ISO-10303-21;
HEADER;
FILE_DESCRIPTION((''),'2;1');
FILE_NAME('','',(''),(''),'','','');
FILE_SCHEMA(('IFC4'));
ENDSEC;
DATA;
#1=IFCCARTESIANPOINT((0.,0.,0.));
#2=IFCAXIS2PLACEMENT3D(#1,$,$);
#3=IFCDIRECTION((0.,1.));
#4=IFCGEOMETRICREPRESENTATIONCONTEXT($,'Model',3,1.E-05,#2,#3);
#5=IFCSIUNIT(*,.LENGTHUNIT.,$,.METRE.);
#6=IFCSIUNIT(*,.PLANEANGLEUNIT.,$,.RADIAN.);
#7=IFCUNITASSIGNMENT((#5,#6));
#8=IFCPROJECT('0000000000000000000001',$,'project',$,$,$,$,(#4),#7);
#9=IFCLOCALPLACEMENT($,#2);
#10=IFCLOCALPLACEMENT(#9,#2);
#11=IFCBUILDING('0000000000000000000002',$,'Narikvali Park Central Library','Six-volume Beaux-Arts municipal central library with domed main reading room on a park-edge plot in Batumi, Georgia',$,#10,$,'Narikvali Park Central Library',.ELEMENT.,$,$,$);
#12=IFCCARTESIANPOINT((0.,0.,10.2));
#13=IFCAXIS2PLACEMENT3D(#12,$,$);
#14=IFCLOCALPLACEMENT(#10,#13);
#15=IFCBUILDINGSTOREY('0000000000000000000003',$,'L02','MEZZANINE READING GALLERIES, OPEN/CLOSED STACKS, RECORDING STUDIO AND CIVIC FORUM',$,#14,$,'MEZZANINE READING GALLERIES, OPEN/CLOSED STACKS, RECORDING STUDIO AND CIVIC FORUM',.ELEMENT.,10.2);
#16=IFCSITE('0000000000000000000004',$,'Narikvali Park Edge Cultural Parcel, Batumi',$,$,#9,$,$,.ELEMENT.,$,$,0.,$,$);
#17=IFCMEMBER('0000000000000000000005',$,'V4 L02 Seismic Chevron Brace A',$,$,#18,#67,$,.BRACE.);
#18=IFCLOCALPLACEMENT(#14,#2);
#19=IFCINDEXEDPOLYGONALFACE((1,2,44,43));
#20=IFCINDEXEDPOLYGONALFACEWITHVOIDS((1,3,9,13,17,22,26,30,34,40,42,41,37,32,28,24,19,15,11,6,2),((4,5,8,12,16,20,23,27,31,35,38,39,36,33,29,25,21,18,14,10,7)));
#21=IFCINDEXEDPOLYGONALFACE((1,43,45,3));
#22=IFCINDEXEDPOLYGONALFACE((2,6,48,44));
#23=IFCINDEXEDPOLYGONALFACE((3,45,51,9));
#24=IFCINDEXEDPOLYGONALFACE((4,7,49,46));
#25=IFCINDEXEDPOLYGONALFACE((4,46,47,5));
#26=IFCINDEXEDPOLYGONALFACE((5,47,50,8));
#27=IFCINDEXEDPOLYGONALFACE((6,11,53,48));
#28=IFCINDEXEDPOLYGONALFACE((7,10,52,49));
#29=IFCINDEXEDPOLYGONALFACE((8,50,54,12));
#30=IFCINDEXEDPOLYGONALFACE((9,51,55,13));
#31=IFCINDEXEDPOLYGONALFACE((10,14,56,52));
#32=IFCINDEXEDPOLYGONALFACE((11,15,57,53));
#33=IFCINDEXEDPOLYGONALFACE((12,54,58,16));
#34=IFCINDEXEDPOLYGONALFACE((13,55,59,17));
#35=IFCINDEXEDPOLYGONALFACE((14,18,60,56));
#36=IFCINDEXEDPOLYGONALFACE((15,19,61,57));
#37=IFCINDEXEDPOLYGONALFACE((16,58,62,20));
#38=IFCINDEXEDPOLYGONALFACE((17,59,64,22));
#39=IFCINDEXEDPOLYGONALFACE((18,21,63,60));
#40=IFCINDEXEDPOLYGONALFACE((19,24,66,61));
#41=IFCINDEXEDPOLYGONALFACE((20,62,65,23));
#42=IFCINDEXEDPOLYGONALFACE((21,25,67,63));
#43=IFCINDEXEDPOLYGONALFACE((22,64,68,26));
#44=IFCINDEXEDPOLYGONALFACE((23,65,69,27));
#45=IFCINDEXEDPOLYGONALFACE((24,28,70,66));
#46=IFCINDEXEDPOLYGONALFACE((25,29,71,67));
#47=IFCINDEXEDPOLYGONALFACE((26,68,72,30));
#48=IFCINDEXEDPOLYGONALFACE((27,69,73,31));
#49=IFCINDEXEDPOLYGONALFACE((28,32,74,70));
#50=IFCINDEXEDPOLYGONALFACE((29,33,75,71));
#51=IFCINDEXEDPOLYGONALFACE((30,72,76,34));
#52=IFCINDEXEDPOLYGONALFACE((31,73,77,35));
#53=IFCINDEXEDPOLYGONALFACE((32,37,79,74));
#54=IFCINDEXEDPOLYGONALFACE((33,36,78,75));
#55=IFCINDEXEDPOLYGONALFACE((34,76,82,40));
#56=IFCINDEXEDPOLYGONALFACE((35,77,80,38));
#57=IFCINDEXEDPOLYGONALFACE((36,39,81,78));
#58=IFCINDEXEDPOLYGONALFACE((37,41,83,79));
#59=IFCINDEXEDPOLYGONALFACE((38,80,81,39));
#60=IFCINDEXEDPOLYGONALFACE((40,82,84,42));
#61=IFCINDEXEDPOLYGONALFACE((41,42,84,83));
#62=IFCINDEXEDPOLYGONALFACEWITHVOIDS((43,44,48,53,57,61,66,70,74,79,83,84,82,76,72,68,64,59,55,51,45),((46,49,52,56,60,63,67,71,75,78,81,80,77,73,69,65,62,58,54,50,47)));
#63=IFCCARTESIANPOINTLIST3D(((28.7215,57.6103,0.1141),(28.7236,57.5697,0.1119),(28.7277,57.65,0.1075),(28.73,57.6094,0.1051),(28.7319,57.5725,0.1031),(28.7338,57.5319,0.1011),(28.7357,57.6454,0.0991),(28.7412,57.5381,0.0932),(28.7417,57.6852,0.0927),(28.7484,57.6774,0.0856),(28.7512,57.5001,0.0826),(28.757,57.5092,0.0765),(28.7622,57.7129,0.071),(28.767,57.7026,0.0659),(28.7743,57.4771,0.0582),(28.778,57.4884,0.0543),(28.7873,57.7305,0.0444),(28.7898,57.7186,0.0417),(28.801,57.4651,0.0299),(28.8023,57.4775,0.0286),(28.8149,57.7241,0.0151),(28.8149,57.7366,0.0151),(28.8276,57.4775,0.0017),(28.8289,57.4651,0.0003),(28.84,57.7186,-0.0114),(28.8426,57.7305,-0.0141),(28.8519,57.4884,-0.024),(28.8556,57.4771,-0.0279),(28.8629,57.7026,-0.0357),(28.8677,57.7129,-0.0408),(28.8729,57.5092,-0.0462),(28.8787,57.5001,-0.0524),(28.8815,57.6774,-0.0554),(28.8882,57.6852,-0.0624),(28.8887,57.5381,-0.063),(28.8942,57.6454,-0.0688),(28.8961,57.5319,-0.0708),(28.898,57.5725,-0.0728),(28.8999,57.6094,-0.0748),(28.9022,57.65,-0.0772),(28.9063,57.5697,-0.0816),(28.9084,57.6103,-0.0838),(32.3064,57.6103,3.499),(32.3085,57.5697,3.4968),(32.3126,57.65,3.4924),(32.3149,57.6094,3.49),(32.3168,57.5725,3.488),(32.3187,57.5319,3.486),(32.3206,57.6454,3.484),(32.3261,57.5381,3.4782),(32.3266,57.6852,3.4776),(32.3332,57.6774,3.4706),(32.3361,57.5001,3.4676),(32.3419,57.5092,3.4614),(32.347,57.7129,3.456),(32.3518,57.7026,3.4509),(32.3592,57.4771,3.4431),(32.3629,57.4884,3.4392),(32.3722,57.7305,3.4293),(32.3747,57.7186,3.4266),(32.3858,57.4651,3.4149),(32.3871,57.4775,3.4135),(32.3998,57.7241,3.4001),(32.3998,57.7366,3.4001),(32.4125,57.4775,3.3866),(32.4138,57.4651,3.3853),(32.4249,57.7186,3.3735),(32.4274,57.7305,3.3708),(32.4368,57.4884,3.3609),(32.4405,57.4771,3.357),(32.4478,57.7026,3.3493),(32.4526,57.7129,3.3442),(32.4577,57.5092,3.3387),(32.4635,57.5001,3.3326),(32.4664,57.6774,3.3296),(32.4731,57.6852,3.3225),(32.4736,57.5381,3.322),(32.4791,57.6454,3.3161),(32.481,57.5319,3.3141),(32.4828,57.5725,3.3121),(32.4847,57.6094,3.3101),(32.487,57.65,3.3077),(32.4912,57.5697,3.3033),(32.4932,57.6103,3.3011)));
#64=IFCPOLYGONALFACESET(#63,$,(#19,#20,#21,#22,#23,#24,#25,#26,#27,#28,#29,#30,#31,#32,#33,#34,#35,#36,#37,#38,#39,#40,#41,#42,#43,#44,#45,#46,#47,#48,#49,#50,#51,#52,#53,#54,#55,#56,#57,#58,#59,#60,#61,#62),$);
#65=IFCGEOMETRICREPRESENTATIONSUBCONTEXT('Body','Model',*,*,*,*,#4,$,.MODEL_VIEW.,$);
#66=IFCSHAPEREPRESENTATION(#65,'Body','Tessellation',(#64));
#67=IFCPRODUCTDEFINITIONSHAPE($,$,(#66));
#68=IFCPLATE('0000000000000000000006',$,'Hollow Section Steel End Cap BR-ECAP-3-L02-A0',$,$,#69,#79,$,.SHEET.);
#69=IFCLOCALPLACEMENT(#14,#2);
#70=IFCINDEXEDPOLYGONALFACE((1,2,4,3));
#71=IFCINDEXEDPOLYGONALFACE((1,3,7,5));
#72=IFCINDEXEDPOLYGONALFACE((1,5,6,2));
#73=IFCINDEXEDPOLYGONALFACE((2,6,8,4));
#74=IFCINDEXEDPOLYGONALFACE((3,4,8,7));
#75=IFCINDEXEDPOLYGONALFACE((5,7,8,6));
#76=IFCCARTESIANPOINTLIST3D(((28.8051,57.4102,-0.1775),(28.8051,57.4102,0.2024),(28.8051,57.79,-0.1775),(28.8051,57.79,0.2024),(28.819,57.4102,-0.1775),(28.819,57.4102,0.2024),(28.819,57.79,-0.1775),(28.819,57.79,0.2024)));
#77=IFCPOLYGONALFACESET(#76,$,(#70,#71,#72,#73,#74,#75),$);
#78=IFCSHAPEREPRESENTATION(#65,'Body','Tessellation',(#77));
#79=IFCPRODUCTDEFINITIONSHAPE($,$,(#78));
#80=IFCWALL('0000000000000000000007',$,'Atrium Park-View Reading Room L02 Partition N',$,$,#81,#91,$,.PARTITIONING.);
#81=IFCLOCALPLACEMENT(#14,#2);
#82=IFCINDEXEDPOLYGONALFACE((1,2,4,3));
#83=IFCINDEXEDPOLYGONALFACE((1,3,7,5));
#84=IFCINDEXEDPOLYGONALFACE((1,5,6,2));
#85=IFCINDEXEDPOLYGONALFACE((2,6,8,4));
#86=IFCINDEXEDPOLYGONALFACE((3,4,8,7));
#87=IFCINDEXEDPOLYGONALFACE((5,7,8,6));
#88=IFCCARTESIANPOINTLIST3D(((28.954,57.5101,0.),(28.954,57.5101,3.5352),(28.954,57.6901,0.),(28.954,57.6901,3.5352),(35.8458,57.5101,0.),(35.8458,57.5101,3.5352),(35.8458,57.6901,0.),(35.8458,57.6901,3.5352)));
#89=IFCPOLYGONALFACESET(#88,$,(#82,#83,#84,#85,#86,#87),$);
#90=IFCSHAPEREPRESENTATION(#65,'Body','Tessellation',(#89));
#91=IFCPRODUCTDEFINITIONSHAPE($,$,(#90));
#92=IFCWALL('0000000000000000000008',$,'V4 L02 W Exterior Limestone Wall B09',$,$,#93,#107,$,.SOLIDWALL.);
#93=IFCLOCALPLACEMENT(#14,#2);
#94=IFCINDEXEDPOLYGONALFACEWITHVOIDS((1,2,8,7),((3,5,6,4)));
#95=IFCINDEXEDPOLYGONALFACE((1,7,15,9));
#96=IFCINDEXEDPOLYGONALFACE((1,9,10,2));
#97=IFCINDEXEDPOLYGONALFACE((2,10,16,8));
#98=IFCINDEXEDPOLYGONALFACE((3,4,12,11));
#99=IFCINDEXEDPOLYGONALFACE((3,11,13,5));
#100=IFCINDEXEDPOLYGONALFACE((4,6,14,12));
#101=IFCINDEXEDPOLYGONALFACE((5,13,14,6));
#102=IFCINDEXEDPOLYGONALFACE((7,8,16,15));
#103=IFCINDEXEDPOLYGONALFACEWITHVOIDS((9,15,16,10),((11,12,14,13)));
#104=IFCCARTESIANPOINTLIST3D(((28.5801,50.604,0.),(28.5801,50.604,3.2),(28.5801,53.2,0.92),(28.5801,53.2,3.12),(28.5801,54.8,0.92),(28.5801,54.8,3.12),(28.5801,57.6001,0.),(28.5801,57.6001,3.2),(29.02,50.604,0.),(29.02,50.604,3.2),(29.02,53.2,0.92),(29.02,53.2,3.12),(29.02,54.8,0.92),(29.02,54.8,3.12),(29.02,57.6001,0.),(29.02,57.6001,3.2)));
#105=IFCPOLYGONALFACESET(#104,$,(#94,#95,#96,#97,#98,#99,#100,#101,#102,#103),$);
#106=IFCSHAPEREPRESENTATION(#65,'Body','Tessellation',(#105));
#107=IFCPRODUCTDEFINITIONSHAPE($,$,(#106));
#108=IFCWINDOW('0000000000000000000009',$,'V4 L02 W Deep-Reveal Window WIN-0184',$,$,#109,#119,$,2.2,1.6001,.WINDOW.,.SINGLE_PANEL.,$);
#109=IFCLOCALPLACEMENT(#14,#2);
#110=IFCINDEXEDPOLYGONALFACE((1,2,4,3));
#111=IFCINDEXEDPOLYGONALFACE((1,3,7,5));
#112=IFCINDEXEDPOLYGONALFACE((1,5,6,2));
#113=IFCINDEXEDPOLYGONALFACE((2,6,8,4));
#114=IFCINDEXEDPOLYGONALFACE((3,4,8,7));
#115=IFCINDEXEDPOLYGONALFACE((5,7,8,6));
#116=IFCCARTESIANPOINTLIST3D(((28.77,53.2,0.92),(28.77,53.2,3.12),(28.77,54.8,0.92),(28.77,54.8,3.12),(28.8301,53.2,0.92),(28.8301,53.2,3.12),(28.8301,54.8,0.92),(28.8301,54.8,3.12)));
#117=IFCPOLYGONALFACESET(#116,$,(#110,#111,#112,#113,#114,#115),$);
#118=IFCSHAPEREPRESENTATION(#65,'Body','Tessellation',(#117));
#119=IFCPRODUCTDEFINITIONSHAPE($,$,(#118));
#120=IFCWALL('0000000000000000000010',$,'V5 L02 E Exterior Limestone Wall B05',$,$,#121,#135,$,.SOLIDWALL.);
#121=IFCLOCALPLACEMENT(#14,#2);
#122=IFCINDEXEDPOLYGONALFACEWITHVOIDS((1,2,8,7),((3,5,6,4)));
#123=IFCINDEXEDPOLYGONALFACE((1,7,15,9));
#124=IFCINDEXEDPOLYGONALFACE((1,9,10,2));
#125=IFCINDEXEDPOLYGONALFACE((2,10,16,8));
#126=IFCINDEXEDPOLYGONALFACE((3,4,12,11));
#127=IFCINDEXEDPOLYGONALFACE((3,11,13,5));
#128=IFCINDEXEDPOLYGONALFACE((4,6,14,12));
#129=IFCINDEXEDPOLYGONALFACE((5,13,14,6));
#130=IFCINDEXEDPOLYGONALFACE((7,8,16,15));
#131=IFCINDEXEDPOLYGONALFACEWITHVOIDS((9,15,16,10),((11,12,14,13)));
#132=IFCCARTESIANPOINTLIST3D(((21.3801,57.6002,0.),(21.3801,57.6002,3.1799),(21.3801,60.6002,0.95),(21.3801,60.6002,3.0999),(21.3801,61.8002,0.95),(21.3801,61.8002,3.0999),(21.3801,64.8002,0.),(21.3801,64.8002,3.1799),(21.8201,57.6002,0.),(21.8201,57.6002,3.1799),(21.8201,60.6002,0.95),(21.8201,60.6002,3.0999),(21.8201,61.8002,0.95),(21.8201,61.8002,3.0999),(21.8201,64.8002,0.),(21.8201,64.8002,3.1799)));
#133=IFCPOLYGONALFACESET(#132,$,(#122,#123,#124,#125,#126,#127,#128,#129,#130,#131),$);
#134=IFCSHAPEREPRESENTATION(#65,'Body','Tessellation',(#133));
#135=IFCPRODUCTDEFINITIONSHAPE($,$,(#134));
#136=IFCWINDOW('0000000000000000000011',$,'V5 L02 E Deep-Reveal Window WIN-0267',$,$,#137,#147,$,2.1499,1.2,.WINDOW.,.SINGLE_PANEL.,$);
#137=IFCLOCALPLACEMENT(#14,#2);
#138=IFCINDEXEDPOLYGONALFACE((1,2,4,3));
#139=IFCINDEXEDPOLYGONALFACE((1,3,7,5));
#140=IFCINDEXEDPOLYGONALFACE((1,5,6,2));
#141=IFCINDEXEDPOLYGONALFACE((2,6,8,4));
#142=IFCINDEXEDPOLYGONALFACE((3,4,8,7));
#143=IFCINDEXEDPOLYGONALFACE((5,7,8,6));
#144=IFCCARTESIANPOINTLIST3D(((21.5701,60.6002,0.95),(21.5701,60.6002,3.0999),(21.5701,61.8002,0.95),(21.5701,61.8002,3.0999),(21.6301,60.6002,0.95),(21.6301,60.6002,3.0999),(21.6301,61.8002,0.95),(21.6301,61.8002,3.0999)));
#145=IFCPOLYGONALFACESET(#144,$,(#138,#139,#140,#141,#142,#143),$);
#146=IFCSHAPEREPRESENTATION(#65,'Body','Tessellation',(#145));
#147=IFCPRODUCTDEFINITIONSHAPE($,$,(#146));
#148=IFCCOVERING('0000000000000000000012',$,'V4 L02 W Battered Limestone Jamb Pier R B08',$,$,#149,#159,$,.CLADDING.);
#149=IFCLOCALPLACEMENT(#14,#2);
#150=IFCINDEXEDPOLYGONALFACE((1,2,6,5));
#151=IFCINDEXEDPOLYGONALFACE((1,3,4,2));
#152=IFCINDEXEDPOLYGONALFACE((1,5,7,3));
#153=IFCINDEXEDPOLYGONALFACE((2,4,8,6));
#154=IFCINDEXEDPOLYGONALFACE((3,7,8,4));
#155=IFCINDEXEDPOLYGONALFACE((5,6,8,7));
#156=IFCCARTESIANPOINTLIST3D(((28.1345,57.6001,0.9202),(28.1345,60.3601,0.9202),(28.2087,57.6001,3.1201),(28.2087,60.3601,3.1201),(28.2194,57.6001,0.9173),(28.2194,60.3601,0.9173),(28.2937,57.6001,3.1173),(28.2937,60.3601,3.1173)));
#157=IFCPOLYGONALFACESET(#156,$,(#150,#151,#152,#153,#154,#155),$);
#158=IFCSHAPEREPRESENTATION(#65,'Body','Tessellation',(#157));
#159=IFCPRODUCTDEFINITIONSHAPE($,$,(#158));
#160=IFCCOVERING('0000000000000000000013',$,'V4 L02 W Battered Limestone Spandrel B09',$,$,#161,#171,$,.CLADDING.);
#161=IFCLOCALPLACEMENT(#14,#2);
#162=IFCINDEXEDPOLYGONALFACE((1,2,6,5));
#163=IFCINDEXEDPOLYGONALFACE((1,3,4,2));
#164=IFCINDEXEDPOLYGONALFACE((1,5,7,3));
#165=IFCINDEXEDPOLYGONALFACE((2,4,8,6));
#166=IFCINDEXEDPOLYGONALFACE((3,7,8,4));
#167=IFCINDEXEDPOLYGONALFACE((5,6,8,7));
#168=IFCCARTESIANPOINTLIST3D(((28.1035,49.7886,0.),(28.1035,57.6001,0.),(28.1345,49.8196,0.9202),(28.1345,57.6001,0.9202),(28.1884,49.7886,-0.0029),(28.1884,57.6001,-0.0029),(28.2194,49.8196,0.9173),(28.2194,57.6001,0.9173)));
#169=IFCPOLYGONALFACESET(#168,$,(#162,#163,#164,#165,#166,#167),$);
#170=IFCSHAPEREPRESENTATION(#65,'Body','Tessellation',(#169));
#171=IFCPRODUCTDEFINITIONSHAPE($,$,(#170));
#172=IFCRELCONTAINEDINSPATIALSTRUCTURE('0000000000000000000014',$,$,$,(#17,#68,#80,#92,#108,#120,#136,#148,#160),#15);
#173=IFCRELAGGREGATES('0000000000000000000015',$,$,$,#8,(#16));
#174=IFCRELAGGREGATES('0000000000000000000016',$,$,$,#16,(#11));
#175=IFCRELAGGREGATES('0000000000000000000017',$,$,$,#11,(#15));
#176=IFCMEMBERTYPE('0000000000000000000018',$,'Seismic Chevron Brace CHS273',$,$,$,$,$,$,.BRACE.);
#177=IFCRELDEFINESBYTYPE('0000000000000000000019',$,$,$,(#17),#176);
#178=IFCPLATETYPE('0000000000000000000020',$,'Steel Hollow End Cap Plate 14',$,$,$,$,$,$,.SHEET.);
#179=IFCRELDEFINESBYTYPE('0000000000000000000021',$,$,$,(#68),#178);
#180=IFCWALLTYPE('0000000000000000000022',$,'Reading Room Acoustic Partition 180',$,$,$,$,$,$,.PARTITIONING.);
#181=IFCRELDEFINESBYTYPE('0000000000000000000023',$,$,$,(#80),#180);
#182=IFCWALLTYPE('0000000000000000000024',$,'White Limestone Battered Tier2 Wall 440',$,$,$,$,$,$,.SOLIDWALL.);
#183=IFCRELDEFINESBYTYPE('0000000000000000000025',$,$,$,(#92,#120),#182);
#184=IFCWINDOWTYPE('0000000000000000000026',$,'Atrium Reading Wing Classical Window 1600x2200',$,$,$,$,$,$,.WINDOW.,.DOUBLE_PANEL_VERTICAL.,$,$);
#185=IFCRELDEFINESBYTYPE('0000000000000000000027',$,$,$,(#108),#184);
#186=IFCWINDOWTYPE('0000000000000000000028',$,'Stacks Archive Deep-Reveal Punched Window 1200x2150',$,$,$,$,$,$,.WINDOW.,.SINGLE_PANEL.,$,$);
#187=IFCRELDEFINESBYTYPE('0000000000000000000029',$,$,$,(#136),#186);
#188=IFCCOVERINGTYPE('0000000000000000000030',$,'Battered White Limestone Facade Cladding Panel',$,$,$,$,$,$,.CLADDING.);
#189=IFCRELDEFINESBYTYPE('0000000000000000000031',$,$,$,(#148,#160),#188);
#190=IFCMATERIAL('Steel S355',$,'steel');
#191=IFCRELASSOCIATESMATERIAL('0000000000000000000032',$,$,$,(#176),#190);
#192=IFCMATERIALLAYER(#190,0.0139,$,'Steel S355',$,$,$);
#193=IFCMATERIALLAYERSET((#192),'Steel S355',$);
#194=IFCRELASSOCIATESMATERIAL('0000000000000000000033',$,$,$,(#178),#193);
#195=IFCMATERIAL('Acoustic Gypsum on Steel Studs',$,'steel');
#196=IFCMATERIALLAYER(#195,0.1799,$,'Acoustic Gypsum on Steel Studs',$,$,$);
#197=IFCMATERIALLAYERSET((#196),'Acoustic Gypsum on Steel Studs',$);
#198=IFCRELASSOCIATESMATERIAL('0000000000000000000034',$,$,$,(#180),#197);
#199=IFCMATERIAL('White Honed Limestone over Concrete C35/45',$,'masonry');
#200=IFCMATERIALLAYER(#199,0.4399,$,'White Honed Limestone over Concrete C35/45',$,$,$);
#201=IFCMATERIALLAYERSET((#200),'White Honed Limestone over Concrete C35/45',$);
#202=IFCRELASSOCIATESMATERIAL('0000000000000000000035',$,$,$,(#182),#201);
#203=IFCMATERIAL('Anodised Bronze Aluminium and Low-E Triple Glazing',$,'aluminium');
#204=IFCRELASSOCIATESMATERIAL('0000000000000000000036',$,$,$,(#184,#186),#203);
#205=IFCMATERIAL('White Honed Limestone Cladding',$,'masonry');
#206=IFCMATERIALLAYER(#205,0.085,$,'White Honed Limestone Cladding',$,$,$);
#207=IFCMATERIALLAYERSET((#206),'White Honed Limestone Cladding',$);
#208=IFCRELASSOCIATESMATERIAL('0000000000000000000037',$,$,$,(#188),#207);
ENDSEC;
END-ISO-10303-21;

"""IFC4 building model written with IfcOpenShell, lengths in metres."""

from ifc_helpers import new_model, si_unit, direction, frame, frame_2d, origin, origin_2d, place, context, subcontext, project, spatial, polyline, rectangle, hollow_circle, outline, extrude, material, layer, layer_set, material_profile, profile_set, type_object, element, fill, save


model = new_model("IFC4")

# Units and contexts
model_context = context("Model", 3, precision=1e-05, world=origin(), true_north=direction((0.0, 1.0)))
body_context = subcontext(model_context, "Body", "Model", "MODEL_VIEW")
ifc_project = project(units=[si_unit("LENGTHUNIT", "METRE"), si_unit("PLANEANGLEUNIT", "RADIAN")], contexts=[model_context])

# Site, building, storey
site_placement = place(None, origin())
site = spatial("IfcSite", under=ifc_project, at=site_placement, Name="Narikvali Park Edge Cultural Parcel, Batumi", CompositionType="ELEMENT", RefElevation=0.0)
building_placement = place(site_placement, origin())
building = spatial("IfcBuilding", under=site, at=building_placement, Name="Narikvali Park Central Library", Description="Six-volume Beaux-Arts municipal central library with domed main reading room on a park-edge plot in Batumi, Georgia", LongName="Narikvali Park Central Library", CompositionType="ELEMENT")
storey_placement = place(building_placement, frame((0.0, 0.0, 10.2)))
storey = spatial("IfcBuildingStorey", under=building, at=storey_placement, Name="L02", Description="MEZZANINE READING GALLERIES, OPEN/CLOSED STACKS, RECORDING STUDIO AND CIVIC FORUM", LongName="MEZZANINE READING GALLERIES, OPEN/CLOSED STACKS, RECORDING STUDIO AND CIVIC FORUM", CompositionType="ELEMENT", Elevation=10.2)

# Shared definitions
ifc_material_1 = material(Name="Steel S355", Category="steel")

# Member
ifc_material_profile_1 = material_profile(ifc_material_1, hollow_circle(Radius=0.1365, WallThickness=0.0125, at=origin_2d()), Name="CHS 273x12.5")
ifc_profile_set_1 = profile_set([ifc_material_profile_1], Name="Steel S355")
member_type = type_object("IfcMemberType", Name="Seismic Chevron Brace CHS273", PredefinedType="BRACE", material=ifc_profile_set_1)
member_placement = place(storey_placement, frame((28.8149, 57.6001, 0.0151), z_axis=(0.727093, 0.0, 0.686539), x_axis=(0.0, 1.0, 0.0)))
element("IfcMember", 1, at=member_placement, inside=storey, type_object=member_type, Name="V4 L02 Seismic Chevron Brace A", PredefinedType="BRACE", context=body_context, shape_type="SweptSolid", body=[
    extrude(hollow_circle(Radius=0.1365, WallThickness=0.0125, at=origin_2d()), origin(), (0.0, 0.0, 1.0), 4.9304),
])

# Plate
ifc_layer_1 = layer(ifc_material_1, 0.0139, Name="Steel S355")
ifc_layer_set_1 = layer_set([ifc_layer_1], Name="Steel S355")
plate_type = type_object("IfcPlateType", Name="Steel Hollow End Cap Plate 14", PredefinedType="SHEET", material=ifc_layer_set_1)
plate_placement = place(storey_placement, frame((28.812, 57.6001, -0.1775), z_axis=(0.0, 0.0, 1.0), x_axis=(-1.0, 0.0, 0.0)))
element("IfcPlate", 2, at=plate_placement, inside=storey, type_object=plate_type, Name="Hollow Section Steel End Cap BR-ECAP-3-L02-A0", PredefinedType="SHEET", context=body_context, shape_type="SweptSolid", body=[
    extrude(rectangle(XDim=0.0139, YDim=0.3799, at=origin_2d()), origin(), (0.0, 0.0, 1.0), 0.3799),
])

# Wall
ifc_material_2 = material(Name="Acoustic Gypsum on Steel Studs", Category="steel")
ifc_layer_2 = layer(ifc_material_2, 0.1799, Name="Acoustic Gypsum on Steel Studs")
ifc_layer_set_2 = layer_set([ifc_layer_2], Name="Acoustic Gypsum on Steel Studs")
wall_type_1 = type_object("IfcWallType", Name="Reading Room Acoustic Partition 180", PredefinedType="PARTITIONING", material=ifc_layer_set_2)
wall_1_placement = place(storey_placement, frame((28.9541, 57.6001, 0.0), z_axis=(0.0, 0.0, 1.0), x_axis=(1.0, 0.0, 0.0)))
element("IfcWall", 3, at=wall_1_placement, inside=storey, type_object=wall_type_1, Name="Atrium Park-View Reading Room L02 Partition N", PredefinedType="PARTITIONING", context=body_context, shape_type="SweptSolid", body=[
    extrude(rectangle(XDim=6.8918, YDim=0.1799, at=frame_2d((3.4458, 0.0))), origin(), (0.0, 0.0, 1.0), 3.5352),
])

# Walls, openings, windows
ifc_material_3 = material(Name="White Honed Limestone over Concrete C35/45", Category="masonry")
ifc_layer_3 = layer(ifc_material_3, 0.4399, Name="White Honed Limestone over Concrete C35/45")
ifc_layer_set_3 = layer_set([ifc_layer_3], Name="White Honed Limestone over Concrete C35/45")
wall_type_2 = type_object("IfcWallType", Name="White Limestone Battered Tier2 Wall 440", PredefinedType="SOLIDWALL", material=ifc_layer_set_3)
wall_2_placement = place(storey_placement, frame((28.8, 57.6001, 0.0), z_axis=(0.0, 0.0, 1.0), x_axis=(0.0, -1.0, 0.0)))
wall_2 = element("IfcWall", 4, at=wall_2_placement, inside=storey, type_object=wall_type_2, Name="V4 L02 W Exterior Limestone Wall B09", PredefinedType="SOLIDWALL", context=body_context, shape_type="SweptSolid", body=[
    extrude(rectangle(XDim=6.9961, YDim=0.4399, at=frame_2d((3.498, 0.0))), origin(), (0.0, 0.0, 1.0), 3.2),
])
opening_1_placement = place(wall_2_placement, frame((2.8, 0.0, 0.9199)))
opening_1 = element("IfcOpeningElement", 5, at=opening_1_placement, cuts=wall_2, PredefinedType="OPENING", context=body_context, shape_type="SweptSolid", body=[
    extrude(rectangle(XDim=1.6001, YDim=2.2, at=frame_2d((0.8, 1.1001))), frame((0.0, 0.2319, 0.0), z_axis=(0.0, -1.0, 0.0), x_axis=(1.0, 0.0, 0.0)), (0.0, 0.0, 1.0), 0.4639),
])
ifc_material_4 = material(Name="Anodised Bronze Aluminium and Low-E Triple Glazing", Category="aluminium")
window_type_1 = type_object("IfcWindowType", Name="Atrium Reading Wing Classical Window 1600x2200", PartitioningType="DOUBLE_PANEL_VERTICAL", PredefinedType="WINDOW", material=ifc_material_4)
window_1_placement = place(opening_1_placement, origin())
window_1 = element("IfcWindow", 6, at=window_1_placement, inside=storey, type_object=window_type_1, Name="V4 L02 W Deep-Reveal Window WIN-0184", OverallHeight=2.2, OverallWidth=1.6001, PartitioningType="SINGLE_PANEL", PredefinedType="WINDOW", context=body_context, shape_type="SweptSolid", body=[
    extrude(rectangle(XDim=1.6001, YDim=2.2, at=frame_2d((0.8, 1.1001))), frame((0.0, 0.03, 0.0), z_axis=(0.0, -1.0, 0.0), x_axis=(1.0, 0.0, 0.0)), (0.0, 0.0, 1.0), 0.0601),
])
fill(opening_1, window_1)
wall_3_placement = place(storey_placement, frame((21.6001, 57.6001, 0.0), z_axis=(0.0, 0.0, 1.0), x_axis=(0.0, 1.0, 0.0)))
wall_3 = element("IfcWall", 7, at=wall_3_placement, inside=storey, type_object=wall_type_2, Name="V5 L02 E Exterior Limestone Wall B05", PredefinedType="SOLIDWALL", context=body_context, shape_type="SweptSolid", body=[
    extrude(rectangle(XDim=7.2, YDim=0.4399, at=frame_2d((3.6001, 0.0))), origin(), (0.0, 0.0, 1.0), 3.1799),
])
opening_2_placement = place(wall_3_placement, frame((3.0, 0.0, 0.95)))
opening_2 = element("IfcOpeningElement", 8, at=opening_2_placement, cuts=wall_3, PredefinedType="OPENING", context=body_context, shape_type="SweptSolid", body=[
    extrude(rectangle(XDim=1.2, YDim=2.1499, at=frame_2d((0.6001, 1.075))), frame((0.0, 0.2319, 0.0), z_axis=(0.0, -1.0, 0.0), x_axis=(1.0, 0.0, 0.0)), (0.0, 0.0, 1.0), 0.4639),
])
window_type_2 = type_object("IfcWindowType", Name="Stacks Archive Deep-Reveal Punched Window 1200x2150", PartitioningType="SINGLE_PANEL", PredefinedType="WINDOW", material=ifc_material_4)
window_2_placement = place(opening_2_placement, origin())
window_2 = element("IfcWindow", 9, at=window_2_placement, inside=storey, type_object=window_type_2, Name="V5 L02 E Deep-Reveal Window WIN-0267", OverallHeight=2.1499, OverallWidth=1.2, PartitioningType="SINGLE_PANEL", PredefinedType="WINDOW", context=body_context, shape_type="SweptSolid", body=[
    extrude(rectangle(XDim=1.2, YDim=2.1499, at=frame_2d((0.6001, 1.075))), frame((0.0, 0.03, 0.0), z_axis=(0.0, -1.0, 0.0), x_axis=(1.0, 0.0, 0.0)), (0.0, 0.0, 1.0), 0.0601),
])
fill(opening_2, window_2)

# Coverings
ifc_material_5 = material(Name="White Honed Limestone Cladding", Category="masonry")
ifc_layer_4 = layer(ifc_material_5, 0.085, Name="White Honed Limestone Cladding")
ifc_layer_set_4 = layer_set([ifc_layer_4], Name="White Honed Limestone Cladding")
covering_type = type_object("IfcCoveringType", Name="Battered White Limestone Facade Cladding Panel", PredefinedType="CLADDING", material=ifc_layer_set_4)
covering_1_placement = place(storey_placement, frame((28.1345, 60.3601, 0.9202), z_axis=(-0.999431, 0.0, 0.033717), x_axis=(0.0, -1.0, 0.0)))
element("IfcCovering", 10, at=covering_1_placement, inside=storey, type_object=covering_type, Name="V4 L02 W Battered Limestone Jamb Pier R B08", PredefinedType="CLADDING", context=body_context, shape_type="SweptSolid", body=[
    extrude(outline(polyline([(0.0, 0.0), (2.76, 0.0), (2.76, 2.2012), (0.0, 2.2012), (0.0, 0.0)])), origin(), (0.0, 0.0, -1.0), 0.085),
])
covering_2_placement = place(storey_placement, frame((28.1035, 57.6001, 0.0), z_axis=(-0.999433, 0.0, 0.033677), x_axis=(0.0, -1.0, 0.0)))
element("IfcCovering", 11, at=covering_2_placement, inside=storey, type_object=covering_type, Name="V4 L02 W Battered Limestone Spandrel B09", PredefinedType="CLADDING", context=body_context, shape_type="SweptSolid", body=[
    extrude(outline(polyline([(0.0, 0.0), (7.8115, 0.0), (7.7805, 0.9207), (0.0, 0.9207), (0.0, 0.0)])), origin(), (0.0, 0.0, -1.0), 0.085),
])

save(model, "model.ifc")
